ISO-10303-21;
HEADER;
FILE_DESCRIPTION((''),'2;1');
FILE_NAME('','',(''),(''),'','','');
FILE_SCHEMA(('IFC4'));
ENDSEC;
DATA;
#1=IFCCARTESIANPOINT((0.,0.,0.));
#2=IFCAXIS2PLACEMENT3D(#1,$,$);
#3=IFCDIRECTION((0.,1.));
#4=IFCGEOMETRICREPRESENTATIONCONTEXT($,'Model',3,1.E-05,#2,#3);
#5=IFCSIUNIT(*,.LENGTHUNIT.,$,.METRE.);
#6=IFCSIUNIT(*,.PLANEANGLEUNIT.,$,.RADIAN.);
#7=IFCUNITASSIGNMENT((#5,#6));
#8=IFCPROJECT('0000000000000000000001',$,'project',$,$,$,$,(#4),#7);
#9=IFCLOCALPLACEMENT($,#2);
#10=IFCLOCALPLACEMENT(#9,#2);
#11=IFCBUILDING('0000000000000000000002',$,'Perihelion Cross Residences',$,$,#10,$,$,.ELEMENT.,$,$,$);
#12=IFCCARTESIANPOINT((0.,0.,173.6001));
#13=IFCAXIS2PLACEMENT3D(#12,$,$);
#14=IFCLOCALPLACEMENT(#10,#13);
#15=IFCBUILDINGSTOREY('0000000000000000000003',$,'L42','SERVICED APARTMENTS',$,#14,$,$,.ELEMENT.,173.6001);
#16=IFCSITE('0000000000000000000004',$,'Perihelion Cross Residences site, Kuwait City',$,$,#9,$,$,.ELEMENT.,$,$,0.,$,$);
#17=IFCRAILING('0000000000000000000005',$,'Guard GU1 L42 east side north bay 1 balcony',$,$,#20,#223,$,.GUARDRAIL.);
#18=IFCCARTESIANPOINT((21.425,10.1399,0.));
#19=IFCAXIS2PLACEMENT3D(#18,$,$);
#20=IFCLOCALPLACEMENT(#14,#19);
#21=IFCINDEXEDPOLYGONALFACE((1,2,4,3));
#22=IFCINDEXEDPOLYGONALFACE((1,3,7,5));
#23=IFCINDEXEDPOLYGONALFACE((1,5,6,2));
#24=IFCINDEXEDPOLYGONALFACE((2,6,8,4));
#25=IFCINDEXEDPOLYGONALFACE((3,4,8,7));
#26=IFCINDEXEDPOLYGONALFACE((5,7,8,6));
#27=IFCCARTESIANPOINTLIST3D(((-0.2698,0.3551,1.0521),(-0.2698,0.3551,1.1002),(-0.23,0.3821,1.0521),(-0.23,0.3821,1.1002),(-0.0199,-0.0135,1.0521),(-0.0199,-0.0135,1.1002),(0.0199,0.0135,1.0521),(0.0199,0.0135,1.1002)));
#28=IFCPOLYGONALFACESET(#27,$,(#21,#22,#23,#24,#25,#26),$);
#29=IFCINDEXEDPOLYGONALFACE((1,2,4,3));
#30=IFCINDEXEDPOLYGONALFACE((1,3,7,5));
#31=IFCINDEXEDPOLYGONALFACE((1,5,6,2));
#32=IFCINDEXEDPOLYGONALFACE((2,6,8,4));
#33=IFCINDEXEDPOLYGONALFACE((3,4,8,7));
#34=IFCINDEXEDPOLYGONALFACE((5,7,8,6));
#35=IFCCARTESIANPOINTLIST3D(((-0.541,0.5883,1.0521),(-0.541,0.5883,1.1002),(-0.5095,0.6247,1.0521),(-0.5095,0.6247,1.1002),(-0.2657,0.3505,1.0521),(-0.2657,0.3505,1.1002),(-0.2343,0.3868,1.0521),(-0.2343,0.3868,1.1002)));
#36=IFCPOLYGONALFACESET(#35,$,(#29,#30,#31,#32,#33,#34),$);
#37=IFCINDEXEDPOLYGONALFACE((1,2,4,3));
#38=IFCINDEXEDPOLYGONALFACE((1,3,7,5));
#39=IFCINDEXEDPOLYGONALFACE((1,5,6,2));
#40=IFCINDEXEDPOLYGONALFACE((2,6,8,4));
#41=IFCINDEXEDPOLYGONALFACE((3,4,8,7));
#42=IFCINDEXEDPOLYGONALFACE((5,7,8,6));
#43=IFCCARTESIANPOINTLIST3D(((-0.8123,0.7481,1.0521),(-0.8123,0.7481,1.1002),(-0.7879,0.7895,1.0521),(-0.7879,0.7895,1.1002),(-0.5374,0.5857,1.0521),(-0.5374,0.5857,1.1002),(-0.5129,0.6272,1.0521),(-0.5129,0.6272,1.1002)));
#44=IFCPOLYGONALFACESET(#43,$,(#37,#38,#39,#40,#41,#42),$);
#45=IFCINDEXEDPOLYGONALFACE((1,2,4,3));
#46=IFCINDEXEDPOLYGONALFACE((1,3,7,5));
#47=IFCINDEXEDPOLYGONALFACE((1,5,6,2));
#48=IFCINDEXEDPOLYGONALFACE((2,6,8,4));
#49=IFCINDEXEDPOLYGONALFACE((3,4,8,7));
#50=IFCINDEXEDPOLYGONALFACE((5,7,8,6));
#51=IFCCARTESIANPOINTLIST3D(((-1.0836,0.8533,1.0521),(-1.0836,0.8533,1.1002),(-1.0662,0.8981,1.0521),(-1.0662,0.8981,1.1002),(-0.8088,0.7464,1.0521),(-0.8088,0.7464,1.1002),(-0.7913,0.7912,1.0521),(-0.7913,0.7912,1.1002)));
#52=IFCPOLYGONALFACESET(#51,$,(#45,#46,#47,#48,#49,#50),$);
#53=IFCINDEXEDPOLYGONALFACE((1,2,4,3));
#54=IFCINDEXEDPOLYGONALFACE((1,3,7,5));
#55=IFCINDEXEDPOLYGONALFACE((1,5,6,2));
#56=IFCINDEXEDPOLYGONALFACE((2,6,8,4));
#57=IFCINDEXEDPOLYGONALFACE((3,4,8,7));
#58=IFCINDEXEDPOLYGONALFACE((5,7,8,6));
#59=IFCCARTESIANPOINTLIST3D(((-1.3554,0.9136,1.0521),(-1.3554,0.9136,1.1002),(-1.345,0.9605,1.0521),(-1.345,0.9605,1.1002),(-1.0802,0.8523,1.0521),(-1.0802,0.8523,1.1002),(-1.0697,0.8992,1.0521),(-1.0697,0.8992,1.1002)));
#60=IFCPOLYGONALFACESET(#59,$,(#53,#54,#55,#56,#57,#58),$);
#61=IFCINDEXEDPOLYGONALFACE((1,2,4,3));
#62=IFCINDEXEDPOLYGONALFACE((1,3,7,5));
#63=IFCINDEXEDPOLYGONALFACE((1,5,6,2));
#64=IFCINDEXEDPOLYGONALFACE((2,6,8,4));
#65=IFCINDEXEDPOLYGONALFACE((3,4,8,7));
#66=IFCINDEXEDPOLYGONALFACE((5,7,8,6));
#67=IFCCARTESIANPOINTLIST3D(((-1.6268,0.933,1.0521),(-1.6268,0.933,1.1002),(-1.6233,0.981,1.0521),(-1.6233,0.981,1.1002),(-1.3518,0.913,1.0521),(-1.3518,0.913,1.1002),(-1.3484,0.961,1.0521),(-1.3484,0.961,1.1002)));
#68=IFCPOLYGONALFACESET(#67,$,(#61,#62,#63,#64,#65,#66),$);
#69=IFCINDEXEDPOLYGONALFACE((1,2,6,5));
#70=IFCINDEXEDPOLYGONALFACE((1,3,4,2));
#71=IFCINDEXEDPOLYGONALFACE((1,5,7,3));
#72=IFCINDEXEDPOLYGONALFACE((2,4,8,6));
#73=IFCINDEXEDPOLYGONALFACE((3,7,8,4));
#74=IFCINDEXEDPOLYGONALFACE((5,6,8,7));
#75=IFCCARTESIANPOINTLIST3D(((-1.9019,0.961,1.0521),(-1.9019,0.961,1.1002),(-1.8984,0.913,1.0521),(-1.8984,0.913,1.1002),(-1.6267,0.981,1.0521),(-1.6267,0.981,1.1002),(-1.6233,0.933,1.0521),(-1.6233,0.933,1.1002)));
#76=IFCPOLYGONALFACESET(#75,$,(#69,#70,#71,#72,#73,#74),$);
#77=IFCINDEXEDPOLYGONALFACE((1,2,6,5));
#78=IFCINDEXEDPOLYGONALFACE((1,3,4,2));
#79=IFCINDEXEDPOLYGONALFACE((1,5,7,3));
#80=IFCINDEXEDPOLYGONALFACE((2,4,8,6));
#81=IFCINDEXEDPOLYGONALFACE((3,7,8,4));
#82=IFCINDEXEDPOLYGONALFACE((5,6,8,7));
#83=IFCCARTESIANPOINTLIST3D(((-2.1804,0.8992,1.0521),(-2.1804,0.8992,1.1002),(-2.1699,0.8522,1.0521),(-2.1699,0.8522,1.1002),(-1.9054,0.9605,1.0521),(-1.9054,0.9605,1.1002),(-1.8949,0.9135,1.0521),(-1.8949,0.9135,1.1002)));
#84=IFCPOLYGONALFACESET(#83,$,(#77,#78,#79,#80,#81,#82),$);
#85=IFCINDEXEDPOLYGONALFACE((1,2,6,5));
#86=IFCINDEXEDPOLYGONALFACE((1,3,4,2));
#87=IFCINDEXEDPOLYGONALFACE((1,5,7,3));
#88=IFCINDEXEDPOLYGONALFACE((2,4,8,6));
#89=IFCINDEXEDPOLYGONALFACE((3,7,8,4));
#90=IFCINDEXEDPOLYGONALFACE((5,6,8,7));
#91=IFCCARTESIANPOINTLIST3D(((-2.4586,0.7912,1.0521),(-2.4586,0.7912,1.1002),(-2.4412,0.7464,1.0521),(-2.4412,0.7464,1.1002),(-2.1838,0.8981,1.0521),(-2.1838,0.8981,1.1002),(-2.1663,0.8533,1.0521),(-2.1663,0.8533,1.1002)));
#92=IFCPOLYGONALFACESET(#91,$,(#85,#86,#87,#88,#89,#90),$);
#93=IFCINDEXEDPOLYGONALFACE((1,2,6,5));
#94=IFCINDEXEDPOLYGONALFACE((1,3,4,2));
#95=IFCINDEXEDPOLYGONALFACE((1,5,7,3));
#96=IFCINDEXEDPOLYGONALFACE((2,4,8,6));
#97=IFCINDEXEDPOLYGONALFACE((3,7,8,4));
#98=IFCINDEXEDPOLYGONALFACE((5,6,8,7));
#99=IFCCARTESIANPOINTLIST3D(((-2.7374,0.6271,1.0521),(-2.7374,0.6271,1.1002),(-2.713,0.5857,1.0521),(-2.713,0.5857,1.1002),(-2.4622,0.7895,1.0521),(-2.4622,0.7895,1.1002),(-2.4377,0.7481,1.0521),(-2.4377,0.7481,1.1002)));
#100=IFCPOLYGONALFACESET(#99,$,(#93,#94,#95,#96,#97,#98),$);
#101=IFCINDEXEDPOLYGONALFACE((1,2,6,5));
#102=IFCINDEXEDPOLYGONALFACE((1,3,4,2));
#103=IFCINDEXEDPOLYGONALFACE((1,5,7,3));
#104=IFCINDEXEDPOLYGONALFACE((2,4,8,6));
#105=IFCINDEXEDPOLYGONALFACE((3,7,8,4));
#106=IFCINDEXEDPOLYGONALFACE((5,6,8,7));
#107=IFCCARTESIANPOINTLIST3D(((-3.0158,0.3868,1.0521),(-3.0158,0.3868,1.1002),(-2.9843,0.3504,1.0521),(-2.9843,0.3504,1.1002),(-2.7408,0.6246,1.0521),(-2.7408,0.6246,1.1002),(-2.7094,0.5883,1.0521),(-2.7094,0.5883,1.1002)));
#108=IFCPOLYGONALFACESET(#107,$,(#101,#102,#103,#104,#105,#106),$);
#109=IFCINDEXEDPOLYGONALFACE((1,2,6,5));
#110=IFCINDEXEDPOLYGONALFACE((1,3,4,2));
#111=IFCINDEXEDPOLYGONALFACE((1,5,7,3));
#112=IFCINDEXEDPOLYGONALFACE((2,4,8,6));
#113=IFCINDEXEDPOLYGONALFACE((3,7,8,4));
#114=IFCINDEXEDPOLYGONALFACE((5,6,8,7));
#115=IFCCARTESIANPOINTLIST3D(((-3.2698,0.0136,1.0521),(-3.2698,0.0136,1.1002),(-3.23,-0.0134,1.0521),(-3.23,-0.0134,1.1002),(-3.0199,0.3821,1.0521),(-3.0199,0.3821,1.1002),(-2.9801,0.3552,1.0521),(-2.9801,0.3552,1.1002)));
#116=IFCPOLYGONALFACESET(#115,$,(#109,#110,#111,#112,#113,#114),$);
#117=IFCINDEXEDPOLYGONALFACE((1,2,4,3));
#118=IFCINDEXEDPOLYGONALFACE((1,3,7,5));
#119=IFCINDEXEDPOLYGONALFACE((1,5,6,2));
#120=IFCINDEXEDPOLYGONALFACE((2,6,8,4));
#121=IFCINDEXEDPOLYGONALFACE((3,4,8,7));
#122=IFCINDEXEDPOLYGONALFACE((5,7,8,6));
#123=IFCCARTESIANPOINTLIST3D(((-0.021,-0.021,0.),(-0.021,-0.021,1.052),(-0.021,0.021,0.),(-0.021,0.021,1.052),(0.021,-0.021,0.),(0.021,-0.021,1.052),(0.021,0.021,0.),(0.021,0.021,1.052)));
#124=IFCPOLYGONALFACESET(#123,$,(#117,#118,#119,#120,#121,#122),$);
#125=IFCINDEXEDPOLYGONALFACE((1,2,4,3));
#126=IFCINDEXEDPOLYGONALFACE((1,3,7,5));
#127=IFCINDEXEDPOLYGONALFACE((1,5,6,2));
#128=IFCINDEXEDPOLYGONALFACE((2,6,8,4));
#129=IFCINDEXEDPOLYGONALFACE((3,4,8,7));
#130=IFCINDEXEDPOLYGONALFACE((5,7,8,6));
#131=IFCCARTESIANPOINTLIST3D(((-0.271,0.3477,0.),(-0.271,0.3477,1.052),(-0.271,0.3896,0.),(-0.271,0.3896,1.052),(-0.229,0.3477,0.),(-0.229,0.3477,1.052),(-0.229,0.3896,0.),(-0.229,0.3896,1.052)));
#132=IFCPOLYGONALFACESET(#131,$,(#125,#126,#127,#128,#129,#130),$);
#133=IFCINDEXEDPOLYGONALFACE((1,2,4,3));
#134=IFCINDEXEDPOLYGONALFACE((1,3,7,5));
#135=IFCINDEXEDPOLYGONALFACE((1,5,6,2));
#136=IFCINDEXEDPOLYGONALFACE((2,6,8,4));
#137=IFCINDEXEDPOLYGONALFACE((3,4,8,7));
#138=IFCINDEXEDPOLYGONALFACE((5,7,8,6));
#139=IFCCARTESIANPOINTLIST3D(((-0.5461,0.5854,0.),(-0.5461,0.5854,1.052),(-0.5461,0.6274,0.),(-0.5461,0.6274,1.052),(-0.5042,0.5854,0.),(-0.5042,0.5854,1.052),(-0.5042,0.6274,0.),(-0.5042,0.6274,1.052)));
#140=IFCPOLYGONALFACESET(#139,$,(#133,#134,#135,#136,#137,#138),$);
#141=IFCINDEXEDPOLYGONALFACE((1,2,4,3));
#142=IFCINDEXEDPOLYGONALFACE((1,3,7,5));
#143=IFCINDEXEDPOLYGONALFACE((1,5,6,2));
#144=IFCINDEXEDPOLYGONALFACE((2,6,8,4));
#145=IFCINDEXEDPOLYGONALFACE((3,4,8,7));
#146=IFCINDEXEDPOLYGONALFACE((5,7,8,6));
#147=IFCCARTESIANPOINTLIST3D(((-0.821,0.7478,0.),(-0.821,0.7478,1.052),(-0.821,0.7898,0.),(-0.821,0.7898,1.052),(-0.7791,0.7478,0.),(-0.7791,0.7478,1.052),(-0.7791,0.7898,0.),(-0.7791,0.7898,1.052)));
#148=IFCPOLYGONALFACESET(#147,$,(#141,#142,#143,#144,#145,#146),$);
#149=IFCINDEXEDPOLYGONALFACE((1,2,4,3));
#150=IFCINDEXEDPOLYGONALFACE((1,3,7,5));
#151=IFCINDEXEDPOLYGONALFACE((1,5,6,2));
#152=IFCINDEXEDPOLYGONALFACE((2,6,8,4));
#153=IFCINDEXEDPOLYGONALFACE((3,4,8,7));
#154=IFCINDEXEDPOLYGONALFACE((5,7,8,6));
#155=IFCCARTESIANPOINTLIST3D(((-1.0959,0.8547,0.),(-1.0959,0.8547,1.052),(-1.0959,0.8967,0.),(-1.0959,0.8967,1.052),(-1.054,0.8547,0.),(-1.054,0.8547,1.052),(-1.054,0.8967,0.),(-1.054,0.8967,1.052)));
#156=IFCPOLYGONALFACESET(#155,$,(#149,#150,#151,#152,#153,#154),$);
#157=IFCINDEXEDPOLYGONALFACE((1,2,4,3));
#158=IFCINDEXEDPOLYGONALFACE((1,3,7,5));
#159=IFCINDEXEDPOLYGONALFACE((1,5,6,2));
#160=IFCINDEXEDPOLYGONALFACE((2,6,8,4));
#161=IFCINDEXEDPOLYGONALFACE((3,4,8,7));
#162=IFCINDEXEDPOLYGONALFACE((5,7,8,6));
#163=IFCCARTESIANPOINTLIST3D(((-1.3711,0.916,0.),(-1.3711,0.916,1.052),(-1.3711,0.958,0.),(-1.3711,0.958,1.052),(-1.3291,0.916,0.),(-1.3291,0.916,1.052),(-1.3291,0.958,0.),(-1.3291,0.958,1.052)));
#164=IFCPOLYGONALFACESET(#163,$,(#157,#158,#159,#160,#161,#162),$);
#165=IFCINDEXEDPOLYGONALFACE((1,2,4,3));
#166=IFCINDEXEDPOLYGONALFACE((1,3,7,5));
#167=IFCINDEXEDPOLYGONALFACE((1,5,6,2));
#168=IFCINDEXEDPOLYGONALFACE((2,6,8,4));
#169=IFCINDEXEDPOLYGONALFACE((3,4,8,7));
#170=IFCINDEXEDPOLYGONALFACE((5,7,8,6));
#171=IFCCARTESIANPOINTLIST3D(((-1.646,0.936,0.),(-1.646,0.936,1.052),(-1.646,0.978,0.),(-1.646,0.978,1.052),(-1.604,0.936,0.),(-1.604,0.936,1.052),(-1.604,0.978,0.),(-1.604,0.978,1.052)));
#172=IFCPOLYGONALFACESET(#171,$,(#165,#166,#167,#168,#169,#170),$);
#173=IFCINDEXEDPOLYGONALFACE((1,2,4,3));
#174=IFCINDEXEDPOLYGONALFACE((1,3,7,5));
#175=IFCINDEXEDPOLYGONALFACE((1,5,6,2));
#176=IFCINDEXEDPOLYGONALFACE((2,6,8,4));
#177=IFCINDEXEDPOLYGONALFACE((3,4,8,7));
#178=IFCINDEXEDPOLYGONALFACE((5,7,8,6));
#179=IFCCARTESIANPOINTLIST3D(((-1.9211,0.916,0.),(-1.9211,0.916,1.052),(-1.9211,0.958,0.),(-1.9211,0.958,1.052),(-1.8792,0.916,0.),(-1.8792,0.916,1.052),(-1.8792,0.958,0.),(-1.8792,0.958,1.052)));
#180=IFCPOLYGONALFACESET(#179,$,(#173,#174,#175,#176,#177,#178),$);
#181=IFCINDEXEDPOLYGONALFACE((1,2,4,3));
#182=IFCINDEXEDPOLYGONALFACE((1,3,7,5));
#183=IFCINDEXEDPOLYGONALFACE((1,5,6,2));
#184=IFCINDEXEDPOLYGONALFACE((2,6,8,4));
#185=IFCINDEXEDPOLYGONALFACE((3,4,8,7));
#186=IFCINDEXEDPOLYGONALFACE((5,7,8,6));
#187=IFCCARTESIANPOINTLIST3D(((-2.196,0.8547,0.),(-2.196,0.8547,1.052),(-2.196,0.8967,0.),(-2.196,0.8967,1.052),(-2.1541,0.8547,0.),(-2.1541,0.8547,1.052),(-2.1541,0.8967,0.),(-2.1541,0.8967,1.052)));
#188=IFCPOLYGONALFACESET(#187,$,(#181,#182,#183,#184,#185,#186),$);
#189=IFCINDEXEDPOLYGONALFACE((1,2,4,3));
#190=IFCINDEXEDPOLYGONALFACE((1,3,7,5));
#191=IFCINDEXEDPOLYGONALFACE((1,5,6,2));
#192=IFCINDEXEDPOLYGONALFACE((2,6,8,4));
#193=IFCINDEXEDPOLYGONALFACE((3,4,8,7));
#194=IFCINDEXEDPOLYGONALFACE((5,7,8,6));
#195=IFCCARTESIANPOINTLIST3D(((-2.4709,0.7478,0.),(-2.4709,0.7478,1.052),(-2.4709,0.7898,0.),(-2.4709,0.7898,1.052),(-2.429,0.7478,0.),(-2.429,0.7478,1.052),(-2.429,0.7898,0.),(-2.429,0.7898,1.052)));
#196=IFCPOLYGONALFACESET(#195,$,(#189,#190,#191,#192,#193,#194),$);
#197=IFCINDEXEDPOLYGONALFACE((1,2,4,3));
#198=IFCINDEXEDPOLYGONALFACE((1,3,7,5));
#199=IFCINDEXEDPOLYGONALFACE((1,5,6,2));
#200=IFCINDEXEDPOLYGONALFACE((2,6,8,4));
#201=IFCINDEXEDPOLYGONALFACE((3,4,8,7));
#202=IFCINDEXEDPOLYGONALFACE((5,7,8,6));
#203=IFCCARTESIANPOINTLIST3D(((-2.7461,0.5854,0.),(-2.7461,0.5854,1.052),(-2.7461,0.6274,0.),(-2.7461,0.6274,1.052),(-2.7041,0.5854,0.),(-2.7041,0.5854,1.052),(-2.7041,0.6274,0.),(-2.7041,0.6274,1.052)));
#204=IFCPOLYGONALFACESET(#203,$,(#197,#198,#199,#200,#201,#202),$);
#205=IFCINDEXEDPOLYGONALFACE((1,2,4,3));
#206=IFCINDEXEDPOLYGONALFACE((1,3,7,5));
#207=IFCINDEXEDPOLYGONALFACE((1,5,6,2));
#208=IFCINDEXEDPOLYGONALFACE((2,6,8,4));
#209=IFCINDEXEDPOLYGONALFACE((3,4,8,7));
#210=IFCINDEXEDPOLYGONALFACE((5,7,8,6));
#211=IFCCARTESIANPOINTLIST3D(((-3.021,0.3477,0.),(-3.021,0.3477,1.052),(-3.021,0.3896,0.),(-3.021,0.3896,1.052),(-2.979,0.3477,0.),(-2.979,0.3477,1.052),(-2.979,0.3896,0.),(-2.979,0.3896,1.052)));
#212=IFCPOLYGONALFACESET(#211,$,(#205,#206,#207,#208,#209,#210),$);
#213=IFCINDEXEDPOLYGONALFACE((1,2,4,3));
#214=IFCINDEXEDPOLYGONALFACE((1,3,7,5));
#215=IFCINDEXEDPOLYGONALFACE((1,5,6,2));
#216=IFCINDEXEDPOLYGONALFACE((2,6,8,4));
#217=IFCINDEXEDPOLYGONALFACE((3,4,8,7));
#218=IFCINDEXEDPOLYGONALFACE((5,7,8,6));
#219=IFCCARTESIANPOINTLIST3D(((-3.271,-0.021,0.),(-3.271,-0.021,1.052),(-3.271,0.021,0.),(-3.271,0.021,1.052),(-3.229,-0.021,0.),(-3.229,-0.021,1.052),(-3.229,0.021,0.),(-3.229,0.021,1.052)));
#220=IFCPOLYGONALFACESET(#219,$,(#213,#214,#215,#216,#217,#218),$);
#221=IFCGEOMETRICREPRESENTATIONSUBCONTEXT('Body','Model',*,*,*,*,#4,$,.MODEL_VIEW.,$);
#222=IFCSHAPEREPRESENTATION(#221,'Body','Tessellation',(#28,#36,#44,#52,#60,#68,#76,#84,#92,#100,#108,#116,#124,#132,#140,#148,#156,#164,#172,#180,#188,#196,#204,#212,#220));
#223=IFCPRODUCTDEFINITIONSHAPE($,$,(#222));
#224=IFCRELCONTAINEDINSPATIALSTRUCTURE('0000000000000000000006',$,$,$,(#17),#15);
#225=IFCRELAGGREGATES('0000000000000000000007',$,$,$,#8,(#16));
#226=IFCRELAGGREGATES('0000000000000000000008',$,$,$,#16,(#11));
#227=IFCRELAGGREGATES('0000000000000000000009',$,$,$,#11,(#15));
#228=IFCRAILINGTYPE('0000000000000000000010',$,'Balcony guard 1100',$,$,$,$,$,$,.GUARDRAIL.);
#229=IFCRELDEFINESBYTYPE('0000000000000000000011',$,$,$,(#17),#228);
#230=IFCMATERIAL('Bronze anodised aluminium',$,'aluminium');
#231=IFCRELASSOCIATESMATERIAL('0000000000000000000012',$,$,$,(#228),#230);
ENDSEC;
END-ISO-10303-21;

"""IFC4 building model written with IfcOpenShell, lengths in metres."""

from ifc_helpers import new_model, si_unit, direction, frame, origin, origin_2d, place, context, subcontext, project, spatial, rectangle, extrude, material, type_object, element, save


model = new_model("IFC4")

# Units and contexts
model_context = context("Model", 3, precision=1e-05, world=origin(), true_north=direction((0.0, 1.0)))
body_context = subcontext(model_context, "Body", "Model", "MODEL_VIEW")
ifc_project = project(units=[si_unit("LENGTHUNIT", "METRE"), si_unit("PLANEANGLEUNIT", "RADIAN")], contexts=[model_context])

# Site, building, storey
site_placement = place(None, origin())
site = spatial("IfcSite", under=ifc_project, at=site_placement, Name="Perihelion Cross Residences site, Kuwait City", CompositionType="ELEMENT", RefElevation=0.0)
building_placement = place(site_placement, origin())
building = spatial("IfcBuilding", under=site, at=building_placement, Name="Perihelion Cross Residences", CompositionType="ELEMENT")
storey_placement = place(building_placement, frame((0.0, 0.0, 173.6001)))
storey = spatial("IfcBuildingStorey", under=building, at=storey_placement, Name="L42", Description="SERVICED APARTMENTS", CompositionType="ELEMENT", Elevation=173.6001)

# Railing
ifc_material_1 = material(Name="Bronze anodised aluminium", Category="aluminium")
railing_type_1 = type_object("IfcRailingType", Name="Balcony guard 1100", PredefinedType="GUARDRAIL", material=ifc_material_1)
railing_1_placement = place(storey_placement, frame((21.425, 10.1399, 0.0)))
element("IfcRailing", 1, at=railing_1_placement, inside=storey, type_object=railing_type_1, Name="Guard GU1 L42 east side north bay 1 balcony", PredefinedType="GUARDRAIL", context=body_context, shape_type="SweptSolid", body=[
    extrude(rectangle(XDim=0.0481, YDim=0.0481, at=origin_2d()), frame((0.0, 0.0, 1.0762), z_axis=(-0.56126, 0.827639, 0.0), x_axis=(-0.827639, -0.56126, 0.0)), (0.0, 0.0, 1.0), 0.4453),
    extrude(rectangle(XDim=0.0481, YDim=0.0481, at=origin_2d()), frame((-0.25, 0.3687, 1.0762), z_axis=(-0.756597, 0.653882, 0.0), x_axis=(-0.653882, -0.756597, 0.0)), (0.0, 0.0, 1.0), 0.3638),
    extrude(rectangle(XDim=0.0481, YDim=0.0481, at=origin_2d()), frame((-0.5251, 0.6064, 1.0762), z_axis=(-0.861048, 0.508523, 0.0), x_axis=(-0.508523, -0.861048, 0.0)), (0.0, 0.0, 1.0), 0.3193),
    extrude(rectangle(XDim=0.0481, YDim=0.0481, at=origin_2d()), frame((-0.8, 0.7688, 1.0762), z_axis=(-0.931974, 0.362526, 0.0), x_axis=(-0.362526, -0.931974, 0.0)), (0.0, 0.0, 1.0), 0.2949),
    extrude(rectangle(XDim=0.0481, YDim=0.0481, at=origin_2d()), frame((-1.075, 0.8757, 1.0762), z_axis=(-0.976085, 0.217389, 0.0), x_axis=(-0.217389, -0.976085, 0.0)), (0.0, 0.0, 1.0), 0.282),
    extrude(rectangle(XDim=0.0481, YDim=0.0481, at=origin_2d()), frame((-1.3501, 0.937, 1.0762), z_axis=(-0.997359, 0.072632, 0.0), x_axis=(-0.072632, -0.997359, 0.0)), (0.0, 0.0, 1.0), 0.2756),
    extrude(rectangle(XDim=0.0481, YDim=0.0481, at=origin_2d()), frame((-1.625, 0.957, 1.0762), z_axis=(-0.997363, -0.072568, 0.0), x_axis=(0.072568, -0.997363, 0.0)), (0.0, 0.0, 1.0), 0.2759),
    extrude(rectangle(XDim=0.0481, YDim=0.0481, at=origin_2d()), frame((-1.9001, 0.937, 1.0762), z_axis=(-0.976044, -0.217573, 0.0), x_axis=(0.217573, -0.976044, 0.0)), (0.0, 0.0, 1.0), 0.2817),
    extrude(rectangle(XDim=0.0481, YDim=0.0481, at=origin_2d()), frame((-2.175, 0.8757, 1.0762), z_axis=(-0.931974, -0.362526, 0.0), x_axis=(0.362526, -0.931974, 0.0)), (0.0, 0.0, 1.0), 0.2949),
    extrude(rectangle(XDim=0.0481, YDim=0.0481, at=origin_2d()), frame((-2.45, 0.7688, 1.0762), z_axis=(-0.861246, -0.508189, 0.0), x_axis=(0.508189, -0.861246, 0.0)), (0.0, 0.0, 1.0), 0.3196),
    extrude(rectangle(XDim=0.0481, YDim=0.0481, at=origin_2d()), frame((-2.7251, 0.6064, 1.0762), z_axis=(-0.756309, -0.654214, 0.0), x_axis=(0.654214, -0.756309, 0.0)), (0.0, 0.0, 1.0), 0.3635),
    extrude(rectangle(XDim=0.0481, YDim=0.0481, at=origin_2d()), frame((-3.0, 0.3687, 1.0762), z_axis=(-0.56126, -0.827639, 0.0), x_axis=(0.827639, -0.56126, 0.0)), (0.0, 0.0, 1.0), 0.4453),
    extrude(rectangle(XDim=0.042, YDim=0.042, at=origin_2d()), origin(), (0.0, 0.0, 1.0), 1.052),
    extrude(rectangle(XDim=0.042, YDim=0.042, at=origin_2d()), frame((-0.25, 0.3687, 0.0)), (0.0, 0.0, 1.0), 1.052),
    extrude(rectangle(XDim=0.042, YDim=0.042, at=origin_2d()), frame((-0.5251, 0.6064, 0.0)), (0.0, 0.0, 1.0), 1.052),
    extrude(rectangle(XDim=0.042, YDim=0.042, at=origin_2d()), frame((-0.8, 0.7688, 0.0)), (0.0, 0.0, 1.0), 1.052),
    extrude(rectangle(XDim=0.042, YDim=0.042, at=origin_2d()), frame((-1.075, 0.8757, 0.0)), (0.0, 0.0, 1.0), 1.052),
    extrude(rectangle(XDim=0.042, YDim=0.042, at=origin_2d()), frame((-1.3501, 0.937, 0.0)), (0.0, 0.0, 1.0), 1.052),
    extrude(rectangle(XDim=0.042, YDim=0.042, at=origin_2d()), frame((-1.625, 0.957, 0.0)), (0.0, 0.0, 1.0), 1.052),
    extrude(rectangle(XDim=0.042, YDim=0.042, at=origin_2d()), frame((-1.9001, 0.937, 0.0)), (0.0, 0.0, 1.0), 1.052),
    extrude(rectangle(XDim=0.042, YDim=0.042, at=origin_2d()), frame((-2.175, 0.8757, 0.0)), (0.0, 0.0, 1.0), 1.052),
    extrude(rectangle(XDim=0.042, YDim=0.042, at=origin_2d()), frame((-2.45, 0.7688, 0.0)), (0.0, 0.0, 1.0), 1.052),
    extrude(rectangle(XDim=0.042, YDim=0.042, at=origin_2d()), frame((-2.7251, 0.6064, 0.0)), (0.0, 0.0, 1.0), 1.052),
    extrude(rectangle(XDim=0.042, YDim=0.042, at=origin_2d()), frame((-3.0, 0.3687, 0.0)), (0.0, 0.0, 1.0), 1.052),
    extrude(rectangle(XDim=0.042, YDim=0.042, at=origin_2d()), frame((-3.25, 0.0, 0.0)), (0.0, 0.0, 1.0), 1.052),
])

save(model, "model.ifc")
